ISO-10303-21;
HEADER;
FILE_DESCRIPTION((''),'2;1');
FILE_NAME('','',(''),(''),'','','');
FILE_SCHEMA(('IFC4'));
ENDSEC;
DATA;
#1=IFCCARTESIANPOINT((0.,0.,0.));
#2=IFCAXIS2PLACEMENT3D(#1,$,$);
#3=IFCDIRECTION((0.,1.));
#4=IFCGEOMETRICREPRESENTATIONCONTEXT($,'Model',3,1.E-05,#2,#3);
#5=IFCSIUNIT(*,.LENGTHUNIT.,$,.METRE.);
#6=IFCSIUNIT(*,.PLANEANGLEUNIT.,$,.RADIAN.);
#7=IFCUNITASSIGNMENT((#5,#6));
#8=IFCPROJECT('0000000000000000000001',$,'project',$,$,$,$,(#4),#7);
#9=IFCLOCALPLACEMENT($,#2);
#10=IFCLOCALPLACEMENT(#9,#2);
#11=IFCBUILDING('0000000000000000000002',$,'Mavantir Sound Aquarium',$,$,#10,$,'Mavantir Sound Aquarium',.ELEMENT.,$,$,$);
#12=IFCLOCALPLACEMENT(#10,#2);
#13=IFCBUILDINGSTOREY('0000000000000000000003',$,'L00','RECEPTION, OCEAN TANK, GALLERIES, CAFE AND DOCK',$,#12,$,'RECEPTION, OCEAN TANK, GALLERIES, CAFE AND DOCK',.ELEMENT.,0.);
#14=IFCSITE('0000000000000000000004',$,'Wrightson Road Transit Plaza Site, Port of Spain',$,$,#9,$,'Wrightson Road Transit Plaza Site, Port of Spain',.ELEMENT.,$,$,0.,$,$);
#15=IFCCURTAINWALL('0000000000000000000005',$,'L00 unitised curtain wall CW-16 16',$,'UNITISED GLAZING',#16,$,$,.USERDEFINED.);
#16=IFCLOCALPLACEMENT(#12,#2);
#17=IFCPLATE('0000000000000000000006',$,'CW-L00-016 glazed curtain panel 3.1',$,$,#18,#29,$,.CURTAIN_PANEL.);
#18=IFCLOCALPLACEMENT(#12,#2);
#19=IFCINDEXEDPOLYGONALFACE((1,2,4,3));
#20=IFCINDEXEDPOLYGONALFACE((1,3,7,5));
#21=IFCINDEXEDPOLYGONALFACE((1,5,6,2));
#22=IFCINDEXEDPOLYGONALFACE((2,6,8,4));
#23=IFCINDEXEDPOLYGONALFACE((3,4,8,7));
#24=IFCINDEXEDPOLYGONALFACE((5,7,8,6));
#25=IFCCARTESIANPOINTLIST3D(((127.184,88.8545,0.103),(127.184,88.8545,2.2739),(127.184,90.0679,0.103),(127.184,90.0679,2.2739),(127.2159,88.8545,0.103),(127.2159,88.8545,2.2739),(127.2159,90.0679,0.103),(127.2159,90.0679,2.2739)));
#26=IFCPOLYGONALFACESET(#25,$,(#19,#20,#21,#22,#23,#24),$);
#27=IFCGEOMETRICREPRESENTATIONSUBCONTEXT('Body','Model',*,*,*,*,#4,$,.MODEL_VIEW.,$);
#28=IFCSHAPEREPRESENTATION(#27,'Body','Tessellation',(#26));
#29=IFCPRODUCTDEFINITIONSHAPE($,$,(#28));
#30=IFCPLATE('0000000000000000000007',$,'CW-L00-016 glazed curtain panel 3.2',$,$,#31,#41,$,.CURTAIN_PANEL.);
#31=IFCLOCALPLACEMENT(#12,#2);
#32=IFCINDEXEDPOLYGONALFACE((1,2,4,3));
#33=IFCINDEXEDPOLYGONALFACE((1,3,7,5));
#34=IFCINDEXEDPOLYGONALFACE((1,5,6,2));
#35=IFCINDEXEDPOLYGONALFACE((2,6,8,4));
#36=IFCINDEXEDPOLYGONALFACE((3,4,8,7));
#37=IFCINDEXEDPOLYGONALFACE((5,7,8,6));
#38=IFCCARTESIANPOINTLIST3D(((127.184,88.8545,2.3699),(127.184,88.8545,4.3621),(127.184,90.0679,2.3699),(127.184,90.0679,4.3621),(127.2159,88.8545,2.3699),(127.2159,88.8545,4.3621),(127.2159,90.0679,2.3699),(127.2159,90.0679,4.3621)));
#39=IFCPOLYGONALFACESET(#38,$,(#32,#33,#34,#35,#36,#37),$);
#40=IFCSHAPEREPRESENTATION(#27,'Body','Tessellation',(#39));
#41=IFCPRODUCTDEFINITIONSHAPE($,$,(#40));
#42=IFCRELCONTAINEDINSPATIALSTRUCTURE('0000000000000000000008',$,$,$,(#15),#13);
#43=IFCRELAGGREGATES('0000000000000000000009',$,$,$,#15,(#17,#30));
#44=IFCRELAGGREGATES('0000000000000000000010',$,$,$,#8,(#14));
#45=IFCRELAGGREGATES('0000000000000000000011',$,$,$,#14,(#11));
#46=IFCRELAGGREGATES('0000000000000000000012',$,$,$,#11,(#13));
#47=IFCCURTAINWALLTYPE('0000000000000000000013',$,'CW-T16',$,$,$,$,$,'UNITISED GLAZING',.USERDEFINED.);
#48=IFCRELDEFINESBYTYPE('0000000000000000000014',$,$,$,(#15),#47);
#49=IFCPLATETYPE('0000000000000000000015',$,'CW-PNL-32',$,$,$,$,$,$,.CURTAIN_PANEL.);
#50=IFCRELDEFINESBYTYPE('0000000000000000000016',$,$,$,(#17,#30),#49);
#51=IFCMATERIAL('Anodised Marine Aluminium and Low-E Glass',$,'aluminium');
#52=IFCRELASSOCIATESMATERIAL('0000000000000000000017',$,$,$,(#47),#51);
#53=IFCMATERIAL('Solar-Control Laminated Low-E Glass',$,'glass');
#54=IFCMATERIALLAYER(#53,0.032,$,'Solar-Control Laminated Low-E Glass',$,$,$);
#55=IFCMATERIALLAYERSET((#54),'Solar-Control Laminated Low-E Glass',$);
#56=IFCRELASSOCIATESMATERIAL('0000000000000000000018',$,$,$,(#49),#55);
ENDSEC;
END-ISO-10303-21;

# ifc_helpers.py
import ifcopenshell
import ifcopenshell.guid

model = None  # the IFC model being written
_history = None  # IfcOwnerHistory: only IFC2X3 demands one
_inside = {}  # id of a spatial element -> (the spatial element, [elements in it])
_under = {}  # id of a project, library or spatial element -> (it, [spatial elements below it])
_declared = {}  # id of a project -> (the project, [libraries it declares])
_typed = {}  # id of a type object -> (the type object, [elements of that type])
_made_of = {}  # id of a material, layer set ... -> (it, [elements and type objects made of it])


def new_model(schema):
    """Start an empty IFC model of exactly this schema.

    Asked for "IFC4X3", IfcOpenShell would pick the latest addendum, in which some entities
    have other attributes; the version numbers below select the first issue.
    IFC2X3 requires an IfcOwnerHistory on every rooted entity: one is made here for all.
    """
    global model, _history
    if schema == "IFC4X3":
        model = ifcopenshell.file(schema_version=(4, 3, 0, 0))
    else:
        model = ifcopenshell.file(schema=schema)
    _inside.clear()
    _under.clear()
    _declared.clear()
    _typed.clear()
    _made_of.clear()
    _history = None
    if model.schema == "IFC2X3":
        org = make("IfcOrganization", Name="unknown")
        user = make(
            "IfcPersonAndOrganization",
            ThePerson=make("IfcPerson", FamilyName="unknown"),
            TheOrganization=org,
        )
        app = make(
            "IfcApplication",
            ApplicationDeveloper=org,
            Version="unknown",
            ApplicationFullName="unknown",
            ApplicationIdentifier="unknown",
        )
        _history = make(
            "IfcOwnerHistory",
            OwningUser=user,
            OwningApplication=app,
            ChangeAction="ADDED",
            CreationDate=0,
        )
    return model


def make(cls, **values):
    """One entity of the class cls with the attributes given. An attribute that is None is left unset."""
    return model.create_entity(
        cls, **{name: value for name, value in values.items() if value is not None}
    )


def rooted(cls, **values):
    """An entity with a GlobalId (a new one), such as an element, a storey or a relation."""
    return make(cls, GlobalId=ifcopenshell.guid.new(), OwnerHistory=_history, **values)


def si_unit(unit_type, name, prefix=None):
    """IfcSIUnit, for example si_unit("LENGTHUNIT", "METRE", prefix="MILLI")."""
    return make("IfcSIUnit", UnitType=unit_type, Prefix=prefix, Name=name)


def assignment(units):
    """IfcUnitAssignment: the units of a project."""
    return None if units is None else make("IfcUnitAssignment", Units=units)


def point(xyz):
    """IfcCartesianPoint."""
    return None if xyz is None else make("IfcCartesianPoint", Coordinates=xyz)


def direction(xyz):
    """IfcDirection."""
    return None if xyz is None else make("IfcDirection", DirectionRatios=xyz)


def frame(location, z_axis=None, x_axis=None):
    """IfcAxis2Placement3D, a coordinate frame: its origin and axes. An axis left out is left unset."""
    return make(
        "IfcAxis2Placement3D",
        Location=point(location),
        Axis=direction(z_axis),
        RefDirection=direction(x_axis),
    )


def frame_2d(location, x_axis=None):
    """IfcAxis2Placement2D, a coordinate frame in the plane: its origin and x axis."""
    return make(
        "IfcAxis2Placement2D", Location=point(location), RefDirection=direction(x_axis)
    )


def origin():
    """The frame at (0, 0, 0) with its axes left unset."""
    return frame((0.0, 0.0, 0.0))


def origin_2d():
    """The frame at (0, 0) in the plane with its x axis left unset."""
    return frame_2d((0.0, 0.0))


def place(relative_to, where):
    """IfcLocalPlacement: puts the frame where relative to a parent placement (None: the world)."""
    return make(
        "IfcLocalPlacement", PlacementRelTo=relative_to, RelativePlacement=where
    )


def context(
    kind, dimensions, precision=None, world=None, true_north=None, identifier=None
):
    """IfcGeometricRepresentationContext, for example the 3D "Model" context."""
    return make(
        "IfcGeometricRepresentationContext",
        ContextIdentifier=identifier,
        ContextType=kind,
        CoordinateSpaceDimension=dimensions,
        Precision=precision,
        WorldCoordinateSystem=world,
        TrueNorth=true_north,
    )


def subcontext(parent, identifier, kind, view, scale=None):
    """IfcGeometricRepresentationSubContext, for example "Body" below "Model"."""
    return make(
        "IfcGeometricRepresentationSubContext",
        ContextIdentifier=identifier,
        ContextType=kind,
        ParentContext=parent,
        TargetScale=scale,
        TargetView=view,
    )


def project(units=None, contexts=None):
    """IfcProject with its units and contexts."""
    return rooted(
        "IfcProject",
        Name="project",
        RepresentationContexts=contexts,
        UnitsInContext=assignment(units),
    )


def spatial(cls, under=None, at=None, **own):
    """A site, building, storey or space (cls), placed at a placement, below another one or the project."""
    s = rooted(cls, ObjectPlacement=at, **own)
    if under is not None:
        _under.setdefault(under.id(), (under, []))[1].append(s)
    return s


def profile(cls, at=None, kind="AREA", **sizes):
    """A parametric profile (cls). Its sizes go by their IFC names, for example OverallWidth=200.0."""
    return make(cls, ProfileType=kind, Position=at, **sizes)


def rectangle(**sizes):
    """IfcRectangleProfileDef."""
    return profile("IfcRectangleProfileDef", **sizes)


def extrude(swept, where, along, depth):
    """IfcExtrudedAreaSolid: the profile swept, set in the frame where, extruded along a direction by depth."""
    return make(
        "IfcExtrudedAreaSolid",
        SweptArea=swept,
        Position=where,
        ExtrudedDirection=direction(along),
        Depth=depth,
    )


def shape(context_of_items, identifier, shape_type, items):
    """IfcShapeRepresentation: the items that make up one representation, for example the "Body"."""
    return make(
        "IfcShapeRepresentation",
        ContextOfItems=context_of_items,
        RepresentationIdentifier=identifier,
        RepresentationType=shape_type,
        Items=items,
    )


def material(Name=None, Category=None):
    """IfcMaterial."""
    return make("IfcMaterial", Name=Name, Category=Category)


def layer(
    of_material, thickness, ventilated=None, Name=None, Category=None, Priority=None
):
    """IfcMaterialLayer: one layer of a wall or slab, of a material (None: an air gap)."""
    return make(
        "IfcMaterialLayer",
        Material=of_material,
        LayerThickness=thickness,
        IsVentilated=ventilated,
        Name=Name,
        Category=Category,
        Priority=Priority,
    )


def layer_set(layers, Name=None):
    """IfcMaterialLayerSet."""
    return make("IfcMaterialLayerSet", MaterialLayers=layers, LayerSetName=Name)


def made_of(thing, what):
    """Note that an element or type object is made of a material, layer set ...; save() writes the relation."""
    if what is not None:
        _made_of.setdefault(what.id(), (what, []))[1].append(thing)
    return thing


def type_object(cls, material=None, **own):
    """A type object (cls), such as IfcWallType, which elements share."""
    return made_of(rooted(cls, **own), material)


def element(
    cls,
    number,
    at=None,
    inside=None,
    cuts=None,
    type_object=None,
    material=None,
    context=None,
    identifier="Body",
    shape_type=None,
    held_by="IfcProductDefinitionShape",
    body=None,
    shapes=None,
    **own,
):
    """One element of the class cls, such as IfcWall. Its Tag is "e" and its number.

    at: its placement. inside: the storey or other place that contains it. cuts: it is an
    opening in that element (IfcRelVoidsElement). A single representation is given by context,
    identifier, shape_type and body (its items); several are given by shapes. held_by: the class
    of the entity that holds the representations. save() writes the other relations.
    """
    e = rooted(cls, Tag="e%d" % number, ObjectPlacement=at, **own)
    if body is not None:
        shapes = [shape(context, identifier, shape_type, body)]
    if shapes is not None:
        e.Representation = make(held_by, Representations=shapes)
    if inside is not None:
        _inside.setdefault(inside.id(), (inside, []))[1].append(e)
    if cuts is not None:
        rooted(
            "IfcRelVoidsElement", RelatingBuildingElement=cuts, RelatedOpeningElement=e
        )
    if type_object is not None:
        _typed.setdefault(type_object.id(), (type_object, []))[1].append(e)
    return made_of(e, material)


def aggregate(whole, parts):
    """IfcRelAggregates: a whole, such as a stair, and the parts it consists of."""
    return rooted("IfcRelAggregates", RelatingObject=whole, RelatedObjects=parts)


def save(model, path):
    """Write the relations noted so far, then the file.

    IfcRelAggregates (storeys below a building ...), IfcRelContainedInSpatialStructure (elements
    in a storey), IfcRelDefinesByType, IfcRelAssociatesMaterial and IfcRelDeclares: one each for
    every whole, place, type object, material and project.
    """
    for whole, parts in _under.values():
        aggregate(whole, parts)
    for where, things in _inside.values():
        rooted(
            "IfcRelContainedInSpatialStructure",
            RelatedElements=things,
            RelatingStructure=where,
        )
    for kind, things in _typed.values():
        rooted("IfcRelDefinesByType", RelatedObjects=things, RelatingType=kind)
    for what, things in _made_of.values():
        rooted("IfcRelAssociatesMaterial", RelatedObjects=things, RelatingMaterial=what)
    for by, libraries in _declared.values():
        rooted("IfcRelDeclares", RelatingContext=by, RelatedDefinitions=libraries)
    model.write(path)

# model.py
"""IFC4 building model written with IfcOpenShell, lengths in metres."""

from ifc_helpers import new_model, si_unit, direction, frame, origin, origin_2d, place, context, subcontext, project, spatial, rectangle, extrude, material, layer, layer_set, type_object, element, aggregate, save


model = new_model("IFC4")

# Units and contexts
model_context = context("Model", 3, precision=1e-05, world=origin(), true_north=direction((0.0, 1.0)))
body_context = subcontext(model_context, "Body", "Model", "MODEL_VIEW")
ifc_project = project(units=[si_unit("LENGTHUNIT", "METRE"), si_unit("PLANEANGLEUNIT", "RADIAN")], contexts=[model_context])

# Site, building, storey
site_placement = place(None, origin())
site = spatial("IfcSite", under=ifc_project, at=site_placement, Name="Wrightson Road Transit Plaza Site, Port of Spain", LongName="Wrightson Road Transit Plaza Site, Port of Spain", CompositionType="ELEMENT", RefElevation=0.0)
building_placement = place(site_placement, origin())
building = spatial("IfcBuilding", under=site, at=building_placement, Name="Mavantir Sound Aquarium", LongName="Mavantir Sound Aquarium", CompositionType="ELEMENT")
storey_placement = place(building_placement, origin())
storey = spatial("IfcBuildingStorey", under=building, at=storey_placement, Name="L00", Description="RECEPTION, OCEAN TANK, GALLERIES, CAFE AND DOCK", LongName="RECEPTION, OCEAN TANK, GALLERIES, CAFE AND DOCK", CompositionType="ELEMENT", Elevation=0.0)

# Shared definitions
ifc_material_1 = material(Name="Anodised Marine Aluminium and Low-E Glass", Category="aluminium")

# Curtain wall
curtain_wall_type_1 = type_object("IfcCurtainWallType", Name="CW-T16", ElementType="UNITISED GLAZING", PredefinedType="USERDEFINED", material=ifc_material_1)
curtain_wall_1_placement = place(storey_placement, origin())
curtain_wall_1 = element("IfcCurtainWall", 1, at=curtain_wall_1_placement, inside=storey, type_object=curtain_wall_type_1, Name="L00 unitised curtain wall CW-16 16", ObjectType="UNITISED GLAZING", PredefinedType="USERDEFINED")

# Plates
ifc_material_2 = material(Name="Solar-Control Laminated Low-E Glass", Category="glass")
ifc_layer_1 = layer(ifc_material_2, 0.032, Name="Solar-Control Laminated Low-E Glass")
ifc_layer_set_1 = layer_set([ifc_layer_1], Name="Solar-Control Laminated Low-E Glass")
plate_type_1 = type_object("IfcPlateType", Name="CW-PNL-32", PredefinedType="CURTAIN_PANEL", material=ifc_layer_set_1)
plate_1_placement = place(storey_placement, frame((127.2, 89.4612, 0.103), z_axis=(0.0, 0.0, 1.0), x_axis=(0.0, 1.0, 0.0)))
plate_1 = element("IfcPlate", 2, at=plate_1_placement, type_object=plate_type_1, Name="CW-L00-016 glazed curtain panel 3.1", PredefinedType="CURTAIN_PANEL", context=body_context, shape_type="SweptSolid", body=[
    extrude(rectangle(XDim=1.2134, YDim=0.032, at=origin_2d()), origin(), (0.0, 0.0, 1.0), 2.1709),
])
plate_2_placement = place(storey_placement, frame((127.2, 89.4612, 2.3699), z_axis=(0.0, 0.0, 1.0), x_axis=(0.0, 1.0, 0.0)))
plate_2 = element("IfcPlate", 3, at=plate_2_placement, type_object=plate_type_1, Name="CW-L00-016 glazed curtain panel 3.2", PredefinedType="CURTAIN_PANEL", context=body_context, shape_type="SweptSolid", body=[
    extrude(rectangle(XDim=1.2134, YDim=0.032, at=origin_2d()), origin(), (0.0, 0.0, 1.0), 1.9922),
])
aggregate(curtain_wall_1, [plate_1, plate_2])

save(model, "model.ifc")
